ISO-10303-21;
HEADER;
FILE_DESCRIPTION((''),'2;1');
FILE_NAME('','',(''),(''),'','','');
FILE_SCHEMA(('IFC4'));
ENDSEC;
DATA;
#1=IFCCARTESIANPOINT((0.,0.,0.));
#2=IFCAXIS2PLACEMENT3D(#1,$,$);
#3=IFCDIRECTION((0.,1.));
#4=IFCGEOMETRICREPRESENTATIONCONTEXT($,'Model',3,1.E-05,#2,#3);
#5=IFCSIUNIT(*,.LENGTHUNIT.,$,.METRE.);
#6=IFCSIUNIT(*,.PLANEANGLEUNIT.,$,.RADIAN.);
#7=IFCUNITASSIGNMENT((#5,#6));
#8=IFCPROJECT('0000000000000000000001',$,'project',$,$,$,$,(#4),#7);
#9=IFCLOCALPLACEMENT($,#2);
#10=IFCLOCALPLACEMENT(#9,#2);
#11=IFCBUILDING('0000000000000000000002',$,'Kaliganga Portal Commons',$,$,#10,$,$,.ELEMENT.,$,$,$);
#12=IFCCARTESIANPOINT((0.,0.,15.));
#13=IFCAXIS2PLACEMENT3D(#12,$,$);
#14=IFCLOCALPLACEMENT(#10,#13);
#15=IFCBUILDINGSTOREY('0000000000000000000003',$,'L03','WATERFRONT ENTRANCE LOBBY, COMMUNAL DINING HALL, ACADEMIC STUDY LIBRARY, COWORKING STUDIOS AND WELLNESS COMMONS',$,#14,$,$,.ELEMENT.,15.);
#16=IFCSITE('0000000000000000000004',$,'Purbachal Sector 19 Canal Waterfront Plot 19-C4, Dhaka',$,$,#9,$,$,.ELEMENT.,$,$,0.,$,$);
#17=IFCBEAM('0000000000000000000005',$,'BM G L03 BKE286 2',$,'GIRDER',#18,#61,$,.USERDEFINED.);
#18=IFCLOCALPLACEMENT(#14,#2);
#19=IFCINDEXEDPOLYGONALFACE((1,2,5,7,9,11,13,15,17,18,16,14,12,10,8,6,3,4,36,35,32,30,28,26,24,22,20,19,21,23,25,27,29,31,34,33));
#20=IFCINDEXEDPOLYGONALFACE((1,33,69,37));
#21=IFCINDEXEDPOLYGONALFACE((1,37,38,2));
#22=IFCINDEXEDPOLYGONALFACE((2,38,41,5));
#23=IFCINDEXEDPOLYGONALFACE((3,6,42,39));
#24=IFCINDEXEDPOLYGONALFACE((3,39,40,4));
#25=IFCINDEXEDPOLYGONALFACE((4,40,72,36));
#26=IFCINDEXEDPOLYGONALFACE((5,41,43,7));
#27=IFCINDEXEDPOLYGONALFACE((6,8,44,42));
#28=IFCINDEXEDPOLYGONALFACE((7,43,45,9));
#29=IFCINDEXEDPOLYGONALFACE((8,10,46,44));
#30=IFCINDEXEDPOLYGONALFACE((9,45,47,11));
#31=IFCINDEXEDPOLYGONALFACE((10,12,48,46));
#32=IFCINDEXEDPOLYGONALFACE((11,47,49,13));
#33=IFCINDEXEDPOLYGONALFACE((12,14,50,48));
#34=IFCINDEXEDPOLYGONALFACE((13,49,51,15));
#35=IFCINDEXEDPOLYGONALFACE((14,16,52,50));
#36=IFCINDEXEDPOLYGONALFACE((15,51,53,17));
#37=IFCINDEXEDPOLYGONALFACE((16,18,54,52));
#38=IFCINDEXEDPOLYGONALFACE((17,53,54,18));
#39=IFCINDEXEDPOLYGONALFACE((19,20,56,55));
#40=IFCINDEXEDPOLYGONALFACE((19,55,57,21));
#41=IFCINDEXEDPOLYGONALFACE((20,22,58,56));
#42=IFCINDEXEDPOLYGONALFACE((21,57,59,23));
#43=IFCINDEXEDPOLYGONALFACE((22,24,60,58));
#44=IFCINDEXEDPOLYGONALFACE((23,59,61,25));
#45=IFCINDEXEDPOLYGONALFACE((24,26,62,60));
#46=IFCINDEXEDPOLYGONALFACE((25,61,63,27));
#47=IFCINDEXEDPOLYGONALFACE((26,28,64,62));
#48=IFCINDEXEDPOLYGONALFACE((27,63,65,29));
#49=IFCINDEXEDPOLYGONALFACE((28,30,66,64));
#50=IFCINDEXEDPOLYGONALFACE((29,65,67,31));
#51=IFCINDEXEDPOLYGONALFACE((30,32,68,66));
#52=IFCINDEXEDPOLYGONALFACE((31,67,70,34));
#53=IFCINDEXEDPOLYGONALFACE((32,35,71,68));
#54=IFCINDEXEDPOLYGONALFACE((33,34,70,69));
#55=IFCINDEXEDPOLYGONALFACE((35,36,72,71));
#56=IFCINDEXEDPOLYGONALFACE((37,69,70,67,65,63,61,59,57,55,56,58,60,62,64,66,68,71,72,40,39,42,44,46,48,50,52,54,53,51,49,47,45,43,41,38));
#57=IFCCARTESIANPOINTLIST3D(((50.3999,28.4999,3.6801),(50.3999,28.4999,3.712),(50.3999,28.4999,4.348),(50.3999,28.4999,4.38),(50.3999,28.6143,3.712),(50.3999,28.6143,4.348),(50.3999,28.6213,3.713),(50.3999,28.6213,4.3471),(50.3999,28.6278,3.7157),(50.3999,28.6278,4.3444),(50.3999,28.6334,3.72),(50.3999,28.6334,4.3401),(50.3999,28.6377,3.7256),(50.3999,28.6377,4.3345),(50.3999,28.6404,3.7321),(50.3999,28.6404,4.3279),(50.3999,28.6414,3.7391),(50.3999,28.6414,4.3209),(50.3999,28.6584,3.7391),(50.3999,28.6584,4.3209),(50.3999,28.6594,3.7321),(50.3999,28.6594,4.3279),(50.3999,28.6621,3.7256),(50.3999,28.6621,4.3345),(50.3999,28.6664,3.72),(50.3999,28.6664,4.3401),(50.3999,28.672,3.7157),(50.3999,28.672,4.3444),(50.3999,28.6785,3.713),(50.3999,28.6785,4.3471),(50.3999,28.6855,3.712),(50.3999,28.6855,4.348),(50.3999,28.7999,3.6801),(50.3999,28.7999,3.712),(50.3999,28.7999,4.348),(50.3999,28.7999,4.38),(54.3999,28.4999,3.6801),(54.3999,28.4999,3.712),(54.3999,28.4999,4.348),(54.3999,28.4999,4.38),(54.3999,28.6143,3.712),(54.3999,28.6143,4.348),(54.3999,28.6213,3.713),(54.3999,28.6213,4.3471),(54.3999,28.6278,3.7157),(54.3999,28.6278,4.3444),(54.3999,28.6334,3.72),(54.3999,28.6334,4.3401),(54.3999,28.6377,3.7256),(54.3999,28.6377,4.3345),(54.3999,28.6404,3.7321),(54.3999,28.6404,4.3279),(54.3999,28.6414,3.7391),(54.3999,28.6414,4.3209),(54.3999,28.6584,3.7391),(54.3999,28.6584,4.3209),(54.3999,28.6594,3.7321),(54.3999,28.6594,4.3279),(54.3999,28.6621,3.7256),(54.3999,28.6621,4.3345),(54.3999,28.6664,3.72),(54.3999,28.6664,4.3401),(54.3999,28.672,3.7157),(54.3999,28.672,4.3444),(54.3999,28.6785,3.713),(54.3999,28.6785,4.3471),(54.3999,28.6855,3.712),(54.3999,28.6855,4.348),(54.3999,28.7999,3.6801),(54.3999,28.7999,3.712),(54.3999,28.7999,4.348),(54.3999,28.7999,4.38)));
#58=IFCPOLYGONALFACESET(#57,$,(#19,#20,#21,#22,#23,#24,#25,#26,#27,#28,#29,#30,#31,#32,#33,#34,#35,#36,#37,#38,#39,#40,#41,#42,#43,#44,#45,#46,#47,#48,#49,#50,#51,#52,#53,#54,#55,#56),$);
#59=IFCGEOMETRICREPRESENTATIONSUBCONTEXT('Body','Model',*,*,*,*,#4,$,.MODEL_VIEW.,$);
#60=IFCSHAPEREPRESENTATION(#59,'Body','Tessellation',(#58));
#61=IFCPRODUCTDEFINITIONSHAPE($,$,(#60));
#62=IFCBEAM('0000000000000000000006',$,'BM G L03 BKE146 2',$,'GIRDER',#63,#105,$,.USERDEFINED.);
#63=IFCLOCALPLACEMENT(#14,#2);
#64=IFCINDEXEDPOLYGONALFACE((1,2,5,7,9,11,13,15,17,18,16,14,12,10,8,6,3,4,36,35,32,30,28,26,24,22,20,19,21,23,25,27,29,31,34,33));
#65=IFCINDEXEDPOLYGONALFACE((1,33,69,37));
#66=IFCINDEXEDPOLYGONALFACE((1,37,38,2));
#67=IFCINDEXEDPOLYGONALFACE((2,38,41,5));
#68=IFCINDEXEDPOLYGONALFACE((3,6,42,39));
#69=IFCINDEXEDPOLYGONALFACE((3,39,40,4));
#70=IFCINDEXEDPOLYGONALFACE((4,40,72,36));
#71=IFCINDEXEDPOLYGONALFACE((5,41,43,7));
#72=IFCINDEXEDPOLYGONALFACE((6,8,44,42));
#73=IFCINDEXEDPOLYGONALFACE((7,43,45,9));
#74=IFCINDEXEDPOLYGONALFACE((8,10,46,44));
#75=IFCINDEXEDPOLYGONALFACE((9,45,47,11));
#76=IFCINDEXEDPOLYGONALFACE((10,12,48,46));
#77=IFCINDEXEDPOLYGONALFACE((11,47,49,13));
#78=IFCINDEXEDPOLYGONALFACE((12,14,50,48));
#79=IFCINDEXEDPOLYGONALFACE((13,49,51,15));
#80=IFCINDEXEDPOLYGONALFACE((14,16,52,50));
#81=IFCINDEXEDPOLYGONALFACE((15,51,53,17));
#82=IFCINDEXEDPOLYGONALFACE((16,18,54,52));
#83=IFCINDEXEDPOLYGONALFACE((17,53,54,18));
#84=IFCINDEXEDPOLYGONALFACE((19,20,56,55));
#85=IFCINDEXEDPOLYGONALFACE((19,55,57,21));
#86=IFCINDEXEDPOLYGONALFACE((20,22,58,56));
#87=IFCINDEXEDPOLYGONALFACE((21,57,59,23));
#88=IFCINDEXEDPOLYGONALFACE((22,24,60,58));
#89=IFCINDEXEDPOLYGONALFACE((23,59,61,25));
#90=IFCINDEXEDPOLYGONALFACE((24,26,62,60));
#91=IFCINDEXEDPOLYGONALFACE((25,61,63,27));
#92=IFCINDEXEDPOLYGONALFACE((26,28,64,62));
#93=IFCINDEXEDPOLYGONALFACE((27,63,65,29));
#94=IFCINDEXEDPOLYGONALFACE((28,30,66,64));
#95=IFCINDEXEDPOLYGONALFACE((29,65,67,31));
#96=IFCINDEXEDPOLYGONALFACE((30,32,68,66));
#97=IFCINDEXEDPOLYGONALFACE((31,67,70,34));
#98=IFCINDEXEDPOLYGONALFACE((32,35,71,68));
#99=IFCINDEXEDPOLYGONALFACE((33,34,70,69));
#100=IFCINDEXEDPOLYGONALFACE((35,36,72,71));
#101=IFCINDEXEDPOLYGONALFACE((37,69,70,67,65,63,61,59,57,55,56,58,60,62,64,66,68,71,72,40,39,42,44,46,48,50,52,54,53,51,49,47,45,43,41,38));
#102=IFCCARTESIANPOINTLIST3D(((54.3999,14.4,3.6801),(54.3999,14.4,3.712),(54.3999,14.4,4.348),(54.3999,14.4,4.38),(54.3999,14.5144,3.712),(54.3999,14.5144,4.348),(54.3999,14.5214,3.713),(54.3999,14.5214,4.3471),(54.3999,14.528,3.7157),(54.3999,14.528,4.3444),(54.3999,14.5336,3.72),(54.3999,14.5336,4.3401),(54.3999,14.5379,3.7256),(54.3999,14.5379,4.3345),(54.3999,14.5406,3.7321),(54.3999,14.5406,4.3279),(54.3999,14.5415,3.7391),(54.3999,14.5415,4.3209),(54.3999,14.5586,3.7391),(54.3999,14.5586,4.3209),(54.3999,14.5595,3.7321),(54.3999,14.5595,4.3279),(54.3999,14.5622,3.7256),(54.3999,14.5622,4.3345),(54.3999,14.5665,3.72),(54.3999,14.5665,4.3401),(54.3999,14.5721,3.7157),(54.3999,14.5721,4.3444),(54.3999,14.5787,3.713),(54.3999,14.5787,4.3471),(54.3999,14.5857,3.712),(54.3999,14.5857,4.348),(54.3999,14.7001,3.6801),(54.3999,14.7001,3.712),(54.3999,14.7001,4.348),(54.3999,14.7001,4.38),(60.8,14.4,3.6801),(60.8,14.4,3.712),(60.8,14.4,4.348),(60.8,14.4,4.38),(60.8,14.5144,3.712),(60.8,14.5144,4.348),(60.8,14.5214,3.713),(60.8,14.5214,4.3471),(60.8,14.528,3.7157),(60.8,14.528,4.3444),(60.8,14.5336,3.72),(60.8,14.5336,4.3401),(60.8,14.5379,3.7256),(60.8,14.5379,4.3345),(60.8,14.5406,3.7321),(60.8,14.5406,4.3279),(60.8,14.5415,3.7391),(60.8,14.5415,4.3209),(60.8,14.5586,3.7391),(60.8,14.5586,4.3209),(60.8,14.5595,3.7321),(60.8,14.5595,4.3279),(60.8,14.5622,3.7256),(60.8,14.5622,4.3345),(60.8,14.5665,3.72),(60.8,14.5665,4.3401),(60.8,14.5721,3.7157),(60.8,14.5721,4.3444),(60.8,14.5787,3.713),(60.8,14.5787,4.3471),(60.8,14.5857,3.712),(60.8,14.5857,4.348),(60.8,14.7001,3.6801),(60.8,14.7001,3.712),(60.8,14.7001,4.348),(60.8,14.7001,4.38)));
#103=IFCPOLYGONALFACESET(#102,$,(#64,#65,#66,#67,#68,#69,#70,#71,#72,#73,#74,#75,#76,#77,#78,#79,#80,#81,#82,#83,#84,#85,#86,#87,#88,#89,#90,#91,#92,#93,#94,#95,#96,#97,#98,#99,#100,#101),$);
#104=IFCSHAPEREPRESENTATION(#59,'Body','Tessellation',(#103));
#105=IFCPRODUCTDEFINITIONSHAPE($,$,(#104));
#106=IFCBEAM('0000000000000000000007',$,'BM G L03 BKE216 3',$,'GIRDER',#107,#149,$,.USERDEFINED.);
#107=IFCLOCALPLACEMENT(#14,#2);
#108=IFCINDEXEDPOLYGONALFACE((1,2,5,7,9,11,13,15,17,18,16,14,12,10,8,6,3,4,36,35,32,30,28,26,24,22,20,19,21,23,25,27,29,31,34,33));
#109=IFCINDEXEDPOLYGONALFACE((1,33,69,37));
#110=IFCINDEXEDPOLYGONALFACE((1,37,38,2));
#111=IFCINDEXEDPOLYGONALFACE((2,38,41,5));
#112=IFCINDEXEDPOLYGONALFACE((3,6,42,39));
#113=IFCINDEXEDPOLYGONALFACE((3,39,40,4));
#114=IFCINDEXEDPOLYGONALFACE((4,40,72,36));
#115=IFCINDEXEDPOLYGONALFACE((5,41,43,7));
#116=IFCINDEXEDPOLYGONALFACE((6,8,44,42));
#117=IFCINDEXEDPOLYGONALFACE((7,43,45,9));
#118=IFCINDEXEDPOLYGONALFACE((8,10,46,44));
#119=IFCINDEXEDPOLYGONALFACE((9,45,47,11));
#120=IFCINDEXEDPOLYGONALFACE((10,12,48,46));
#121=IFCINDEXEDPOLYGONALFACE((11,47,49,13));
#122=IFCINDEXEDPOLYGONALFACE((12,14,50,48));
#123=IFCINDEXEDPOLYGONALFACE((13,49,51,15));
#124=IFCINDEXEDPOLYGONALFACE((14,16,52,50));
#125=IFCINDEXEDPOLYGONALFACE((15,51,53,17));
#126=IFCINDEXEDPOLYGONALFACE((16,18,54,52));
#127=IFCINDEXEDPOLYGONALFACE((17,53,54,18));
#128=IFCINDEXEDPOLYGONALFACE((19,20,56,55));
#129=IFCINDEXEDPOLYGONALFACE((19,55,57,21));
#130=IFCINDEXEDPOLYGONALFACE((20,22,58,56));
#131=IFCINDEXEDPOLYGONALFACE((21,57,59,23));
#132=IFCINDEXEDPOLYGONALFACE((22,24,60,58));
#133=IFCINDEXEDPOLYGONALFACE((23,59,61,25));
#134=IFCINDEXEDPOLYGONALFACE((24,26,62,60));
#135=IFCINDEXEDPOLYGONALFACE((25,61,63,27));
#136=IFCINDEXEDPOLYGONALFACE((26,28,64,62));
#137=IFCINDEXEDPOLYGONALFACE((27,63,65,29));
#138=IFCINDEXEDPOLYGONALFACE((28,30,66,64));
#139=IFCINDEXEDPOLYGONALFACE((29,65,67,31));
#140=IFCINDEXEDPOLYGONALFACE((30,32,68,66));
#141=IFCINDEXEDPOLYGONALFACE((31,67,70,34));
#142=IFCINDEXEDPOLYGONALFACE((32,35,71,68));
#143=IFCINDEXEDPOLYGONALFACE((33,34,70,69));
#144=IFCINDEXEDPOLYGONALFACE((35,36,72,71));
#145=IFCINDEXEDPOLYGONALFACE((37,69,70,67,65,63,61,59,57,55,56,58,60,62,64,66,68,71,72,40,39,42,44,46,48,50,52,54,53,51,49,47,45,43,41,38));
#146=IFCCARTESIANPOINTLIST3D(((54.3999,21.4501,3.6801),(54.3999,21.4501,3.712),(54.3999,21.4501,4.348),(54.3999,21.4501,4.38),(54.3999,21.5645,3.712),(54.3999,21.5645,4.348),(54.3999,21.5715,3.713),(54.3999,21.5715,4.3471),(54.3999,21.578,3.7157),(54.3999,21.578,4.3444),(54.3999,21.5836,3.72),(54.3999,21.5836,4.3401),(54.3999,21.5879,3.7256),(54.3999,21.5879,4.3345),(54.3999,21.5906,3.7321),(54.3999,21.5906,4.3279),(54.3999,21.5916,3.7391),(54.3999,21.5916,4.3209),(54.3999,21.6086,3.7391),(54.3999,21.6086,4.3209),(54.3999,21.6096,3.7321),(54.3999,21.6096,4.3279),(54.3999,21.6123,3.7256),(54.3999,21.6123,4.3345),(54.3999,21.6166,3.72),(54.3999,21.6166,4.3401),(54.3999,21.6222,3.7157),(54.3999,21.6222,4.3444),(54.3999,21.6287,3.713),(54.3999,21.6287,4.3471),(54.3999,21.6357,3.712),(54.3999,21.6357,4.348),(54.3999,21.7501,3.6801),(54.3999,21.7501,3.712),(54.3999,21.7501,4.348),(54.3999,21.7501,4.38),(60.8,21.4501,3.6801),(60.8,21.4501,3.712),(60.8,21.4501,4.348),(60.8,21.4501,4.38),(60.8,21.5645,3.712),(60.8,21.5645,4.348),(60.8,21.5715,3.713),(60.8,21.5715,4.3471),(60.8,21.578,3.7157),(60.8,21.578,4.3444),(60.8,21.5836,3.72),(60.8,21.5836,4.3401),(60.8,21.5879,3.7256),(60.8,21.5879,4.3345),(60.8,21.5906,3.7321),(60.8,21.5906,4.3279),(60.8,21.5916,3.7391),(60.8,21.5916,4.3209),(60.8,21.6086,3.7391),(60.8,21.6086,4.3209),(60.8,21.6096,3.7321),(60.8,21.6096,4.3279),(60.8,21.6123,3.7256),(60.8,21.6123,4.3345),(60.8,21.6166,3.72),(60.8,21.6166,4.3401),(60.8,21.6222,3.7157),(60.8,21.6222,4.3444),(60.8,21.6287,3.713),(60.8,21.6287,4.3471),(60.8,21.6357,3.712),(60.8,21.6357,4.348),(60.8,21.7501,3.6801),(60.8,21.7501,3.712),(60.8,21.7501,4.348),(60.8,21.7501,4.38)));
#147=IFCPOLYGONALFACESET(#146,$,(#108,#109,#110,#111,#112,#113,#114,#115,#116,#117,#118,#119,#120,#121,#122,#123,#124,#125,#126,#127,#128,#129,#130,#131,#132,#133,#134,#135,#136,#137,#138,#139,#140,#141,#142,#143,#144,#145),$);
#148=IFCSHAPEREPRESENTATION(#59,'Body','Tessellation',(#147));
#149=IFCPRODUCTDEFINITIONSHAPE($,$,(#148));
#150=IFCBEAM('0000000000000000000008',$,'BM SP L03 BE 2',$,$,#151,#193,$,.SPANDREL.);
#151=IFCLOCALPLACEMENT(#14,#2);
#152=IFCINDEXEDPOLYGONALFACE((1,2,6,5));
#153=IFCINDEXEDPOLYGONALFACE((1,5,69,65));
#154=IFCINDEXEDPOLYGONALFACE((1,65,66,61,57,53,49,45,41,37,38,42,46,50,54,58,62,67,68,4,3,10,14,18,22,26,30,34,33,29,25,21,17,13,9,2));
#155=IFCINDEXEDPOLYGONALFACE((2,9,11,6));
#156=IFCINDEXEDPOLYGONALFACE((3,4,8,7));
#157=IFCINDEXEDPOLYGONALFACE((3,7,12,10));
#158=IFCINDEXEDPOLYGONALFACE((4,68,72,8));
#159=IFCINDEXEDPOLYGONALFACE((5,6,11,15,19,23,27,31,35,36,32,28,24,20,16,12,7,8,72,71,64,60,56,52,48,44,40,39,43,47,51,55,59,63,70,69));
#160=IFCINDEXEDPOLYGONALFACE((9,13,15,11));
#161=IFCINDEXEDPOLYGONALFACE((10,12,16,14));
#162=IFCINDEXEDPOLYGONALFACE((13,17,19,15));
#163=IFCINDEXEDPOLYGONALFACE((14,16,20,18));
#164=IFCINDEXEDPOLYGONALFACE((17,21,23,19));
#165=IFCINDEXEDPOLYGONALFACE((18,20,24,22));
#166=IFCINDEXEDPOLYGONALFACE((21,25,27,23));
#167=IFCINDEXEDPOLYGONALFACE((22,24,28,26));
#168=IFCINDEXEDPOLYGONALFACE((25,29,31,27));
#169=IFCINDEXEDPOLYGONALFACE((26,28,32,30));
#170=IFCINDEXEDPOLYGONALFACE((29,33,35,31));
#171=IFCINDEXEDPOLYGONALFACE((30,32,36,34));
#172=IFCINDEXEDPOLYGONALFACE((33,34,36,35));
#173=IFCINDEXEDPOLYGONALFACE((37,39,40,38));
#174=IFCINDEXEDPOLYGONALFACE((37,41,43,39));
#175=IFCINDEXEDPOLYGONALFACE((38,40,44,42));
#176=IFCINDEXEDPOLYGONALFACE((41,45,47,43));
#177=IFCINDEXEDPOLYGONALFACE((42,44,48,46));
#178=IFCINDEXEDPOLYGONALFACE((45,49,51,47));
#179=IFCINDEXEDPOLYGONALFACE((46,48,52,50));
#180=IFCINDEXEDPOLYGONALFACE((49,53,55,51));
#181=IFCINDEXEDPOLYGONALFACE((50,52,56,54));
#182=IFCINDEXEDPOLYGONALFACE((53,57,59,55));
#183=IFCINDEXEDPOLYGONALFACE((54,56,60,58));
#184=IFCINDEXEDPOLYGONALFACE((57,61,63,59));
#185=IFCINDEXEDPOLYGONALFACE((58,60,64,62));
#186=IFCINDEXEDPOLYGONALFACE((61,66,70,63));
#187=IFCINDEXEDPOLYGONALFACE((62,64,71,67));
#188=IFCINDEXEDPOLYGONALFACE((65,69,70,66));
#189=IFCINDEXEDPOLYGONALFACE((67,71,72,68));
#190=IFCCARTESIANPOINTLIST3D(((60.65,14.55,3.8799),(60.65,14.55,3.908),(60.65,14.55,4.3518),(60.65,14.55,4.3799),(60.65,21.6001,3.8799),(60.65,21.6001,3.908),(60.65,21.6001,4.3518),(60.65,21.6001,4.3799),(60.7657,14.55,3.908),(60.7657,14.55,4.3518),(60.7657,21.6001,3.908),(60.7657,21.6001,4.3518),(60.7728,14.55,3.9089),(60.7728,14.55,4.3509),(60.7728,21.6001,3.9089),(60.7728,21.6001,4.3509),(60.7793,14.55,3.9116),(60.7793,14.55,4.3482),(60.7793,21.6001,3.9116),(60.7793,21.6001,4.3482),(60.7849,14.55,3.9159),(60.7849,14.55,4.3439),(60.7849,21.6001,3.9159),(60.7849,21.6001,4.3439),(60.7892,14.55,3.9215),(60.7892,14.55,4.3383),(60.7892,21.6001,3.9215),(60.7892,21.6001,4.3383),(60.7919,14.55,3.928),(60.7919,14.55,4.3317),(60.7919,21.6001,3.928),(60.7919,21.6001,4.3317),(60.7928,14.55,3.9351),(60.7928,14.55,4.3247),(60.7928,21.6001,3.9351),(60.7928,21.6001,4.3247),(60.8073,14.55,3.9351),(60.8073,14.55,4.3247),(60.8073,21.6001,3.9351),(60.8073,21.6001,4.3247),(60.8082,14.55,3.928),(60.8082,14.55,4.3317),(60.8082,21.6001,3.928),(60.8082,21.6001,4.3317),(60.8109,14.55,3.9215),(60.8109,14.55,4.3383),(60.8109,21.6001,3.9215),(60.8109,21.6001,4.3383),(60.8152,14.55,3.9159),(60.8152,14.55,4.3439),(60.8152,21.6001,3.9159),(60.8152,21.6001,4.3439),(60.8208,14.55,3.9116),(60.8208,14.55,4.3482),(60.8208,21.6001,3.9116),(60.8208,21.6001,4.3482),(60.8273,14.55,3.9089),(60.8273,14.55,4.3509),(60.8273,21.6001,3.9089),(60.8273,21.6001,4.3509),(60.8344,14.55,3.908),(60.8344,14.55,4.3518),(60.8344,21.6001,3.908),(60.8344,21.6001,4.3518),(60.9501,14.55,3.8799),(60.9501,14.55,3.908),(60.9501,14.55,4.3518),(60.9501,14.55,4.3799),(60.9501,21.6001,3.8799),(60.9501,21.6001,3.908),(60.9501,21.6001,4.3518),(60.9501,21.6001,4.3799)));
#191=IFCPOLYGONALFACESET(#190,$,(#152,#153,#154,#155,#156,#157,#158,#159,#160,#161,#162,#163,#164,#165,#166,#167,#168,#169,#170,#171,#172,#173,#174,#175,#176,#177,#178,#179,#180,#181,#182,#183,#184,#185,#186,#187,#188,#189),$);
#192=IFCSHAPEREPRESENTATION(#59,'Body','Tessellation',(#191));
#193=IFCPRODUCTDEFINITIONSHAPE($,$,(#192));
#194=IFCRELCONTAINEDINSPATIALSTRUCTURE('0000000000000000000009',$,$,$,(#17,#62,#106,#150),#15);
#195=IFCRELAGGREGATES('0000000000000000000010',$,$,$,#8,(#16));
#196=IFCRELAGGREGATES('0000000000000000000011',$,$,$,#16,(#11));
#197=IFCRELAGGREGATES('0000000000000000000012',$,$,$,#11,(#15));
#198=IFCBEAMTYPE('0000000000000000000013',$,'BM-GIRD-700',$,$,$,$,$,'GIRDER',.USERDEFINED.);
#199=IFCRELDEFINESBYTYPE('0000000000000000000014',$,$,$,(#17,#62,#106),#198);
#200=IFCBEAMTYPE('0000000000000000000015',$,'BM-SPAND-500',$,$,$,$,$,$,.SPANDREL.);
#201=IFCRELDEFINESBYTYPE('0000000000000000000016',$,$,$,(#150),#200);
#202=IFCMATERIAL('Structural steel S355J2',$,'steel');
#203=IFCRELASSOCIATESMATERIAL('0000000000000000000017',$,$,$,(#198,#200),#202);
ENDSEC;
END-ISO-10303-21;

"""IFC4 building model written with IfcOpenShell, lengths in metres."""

from ifc_helpers import new_model, si_unit, direction, frame, origin, origin_2d, place, context, subcontext, project, spatial, i_section, extrude, source, transform, mapped, material, material_profile, profile_set, type_object, element, save


model = new_model("IFC4")

# Units and contexts
model_context = context("Model", 3, precision=1e-05, world=origin(), true_north=direction((0.0, 1.0)))
body_context = subcontext(model_context, "Body", "Model", "MODEL_VIEW")
ifc_project = project(units=[si_unit("LENGTHUNIT", "METRE"), si_unit("PLANEANGLEUNIT", "RADIAN")], contexts=[model_context])

# Site, building, storey
site_placement = place(None, origin())
site = spatial("IfcSite", under=ifc_project, at=site_placement, Name="Purbachal Sector 19 Canal Waterfront Plot 19-C4, Dhaka", CompositionType="ELEMENT", RefElevation=0.0)
building_placement = place(site_placement, origin())
building = spatial("IfcBuilding", under=site, at=building_placement, Name="Kaliganga Portal Commons", CompositionType="ELEMENT")
storey_placement = place(building_placement, frame((0.0, 0.0, 15.0)))
storey = spatial("IfcBuildingStorey", under=building, at=storey_placement, Name="L03", Description="WATERFRONT ENTRANCE LOBBY, COMMUNAL DINING HALL, ACADEMIC STUDY LIBRARY, COWORKING STUDIOS AND WELLNESS COMMONS", CompositionType="ELEMENT", Elevation=15.0)

# Beams
ifc_material_1 = material(Name="Structural steel S355J2", Category="steel")
ifc_material_profile_1 = material_profile(ifc_material_1, i_section(OverallWidth=0.3, OverallDepth=0.7, WebThickness=0.0171, FlangeThickness=0.032, FilletRadius=0.0271, at=origin_2d()), Name="HE 700 B")
ifc_profile_set_1 = profile_set([ifc_material_profile_1], Name="Structural steel S355J2 wide-flange")
beam_type_1 = type_object("IfcBeamType", Name="BM-GIRD-700", ElementType="GIRDER", PredefinedType="USERDEFINED", material=ifc_profile_set_1)
shared_shape_1 = source(origin(), body_context, "Body", "SweptSolid", [
    extrude(i_section(OverallWidth=0.3, OverallDepth=0.7, WebThickness=0.0171, FlangeThickness=0.032, FilletRadius=0.0271, at=origin_2d()), origin(), (0.0, 0.0, 1.0), 4.0),
])
for number, where, z_axis, x_axis, name in (
    (1, (50.3999, 28.6499, 4.03), (1.0, 0.0, 0.0), (0.0, 1.0, 0.0), "BM G L03 BKE286 2"),
):
    element("IfcBeam", number, at=place(storey_placement, frame(where, z_axis=z_axis, x_axis=x_axis)), inside=storey, type_object=beam_type_1, Name=name, ObjectType="GIRDER", PredefinedType="USERDEFINED", context=body_context, shape_type="MappedRepresentation", body=[
        mapped(shared_shape_1, transform((0.0, 0.0, 0.0), x_axis=(1.0, 0.0, 0.0), y_axis=(0.0, 1.0, 0.0), z_axis=(0.0, 0.0, 1.0), scale=1.0)),
    ])
shared_shape_2 = source(origin(), body_context, "Body", "SweptSolid", [
    extrude(i_section(OverallWidth=0.3, OverallDepth=0.7, WebThickness=0.0171, FlangeThickness=0.032, FilletRadius=0.0271, at=origin_2d()), origin(), (0.0, 0.0, 1.0), 6.4001),
])
for number, where, z_axis, x_axis, name in (
    (2, (54.3999, 14.55, 4.03), (1.0, 0.0, 0.0), (0.0, 1.0, 0.0), "BM G L03 BKE146 2"),
    (3, (54.3999, 21.6001, 4.03), (1.0, 0.0, 0.0), (0.0, 1.0, 0.0), "BM G L03 BKE216 3"),
):
    element("IfcBeam", number, at=place(storey_placement, frame(where, z_axis=z_axis, x_axis=x_axis)), inside=storey, type_object=beam_type_1, Name=name, ObjectType="GIRDER", PredefinedType="USERDEFINED", context=body_context, shape_type="MappedRepresentation", body=[
        mapped(shared_shape_2, transform((0.0, 0.0, 0.0), x_axis=(1.0, 0.0, 0.0), y_axis=(0.0, 1.0, 0.0), z_axis=(0.0, 0.0, 1.0), scale=1.0)),
    ])
ifc_material_profile_2 = material_profile(ifc_material_1, i_section(OverallWidth=0.3, OverallDepth=0.5, WebThickness=0.0144, FlangeThickness=0.0281, FilletRadius=0.0271, at=origin_2d()), Name="HE 500 B")
ifc_profile_set_2 = profile_set([ifc_material_profile_2], Name="Structural steel S355J2 wide-flange")
beam_type_2 = type_object("IfcBeamType", Name="BM-SPAND-500", PredefinedType="SPANDREL", material=ifc_profile_set_2)
shared_shape_3 = source(origin(), body_context, "Body", "SweptSolid", [
    extrude(i_section(OverallWidth=0.3, OverallDepth=0.5, WebThickness=0.0144, FlangeThickness=0.0281, FilletRadius=0.0271, at=origin_2d()), origin(), (0.0, 0.0, 1.0), 7.05),
])
beam_1_placement = place(storey_placement, frame((60.8, 14.55, 4.1299), z_axis=(0.0, 1.0, 0.0), x_axis=(-1.0, 0.0, 0.0)))
element("IfcBeam", 4, at=beam_1_placement, inside=storey, type_object=beam_type_2, Name="BM SP L03 BE 2", PredefinedType="SPANDREL", context=body_context, shape_type="MappedRepresentation", body=[
    mapped(shared_shape_3, transform((0.0, 0.0, 0.0), x_axis=(1.0, 0.0, 0.0), y_axis=(0.0, 1.0, 0.0), z_axis=(0.0, 0.0, 1.0), scale=1.0)),
])

save(model, "model.ifc")
